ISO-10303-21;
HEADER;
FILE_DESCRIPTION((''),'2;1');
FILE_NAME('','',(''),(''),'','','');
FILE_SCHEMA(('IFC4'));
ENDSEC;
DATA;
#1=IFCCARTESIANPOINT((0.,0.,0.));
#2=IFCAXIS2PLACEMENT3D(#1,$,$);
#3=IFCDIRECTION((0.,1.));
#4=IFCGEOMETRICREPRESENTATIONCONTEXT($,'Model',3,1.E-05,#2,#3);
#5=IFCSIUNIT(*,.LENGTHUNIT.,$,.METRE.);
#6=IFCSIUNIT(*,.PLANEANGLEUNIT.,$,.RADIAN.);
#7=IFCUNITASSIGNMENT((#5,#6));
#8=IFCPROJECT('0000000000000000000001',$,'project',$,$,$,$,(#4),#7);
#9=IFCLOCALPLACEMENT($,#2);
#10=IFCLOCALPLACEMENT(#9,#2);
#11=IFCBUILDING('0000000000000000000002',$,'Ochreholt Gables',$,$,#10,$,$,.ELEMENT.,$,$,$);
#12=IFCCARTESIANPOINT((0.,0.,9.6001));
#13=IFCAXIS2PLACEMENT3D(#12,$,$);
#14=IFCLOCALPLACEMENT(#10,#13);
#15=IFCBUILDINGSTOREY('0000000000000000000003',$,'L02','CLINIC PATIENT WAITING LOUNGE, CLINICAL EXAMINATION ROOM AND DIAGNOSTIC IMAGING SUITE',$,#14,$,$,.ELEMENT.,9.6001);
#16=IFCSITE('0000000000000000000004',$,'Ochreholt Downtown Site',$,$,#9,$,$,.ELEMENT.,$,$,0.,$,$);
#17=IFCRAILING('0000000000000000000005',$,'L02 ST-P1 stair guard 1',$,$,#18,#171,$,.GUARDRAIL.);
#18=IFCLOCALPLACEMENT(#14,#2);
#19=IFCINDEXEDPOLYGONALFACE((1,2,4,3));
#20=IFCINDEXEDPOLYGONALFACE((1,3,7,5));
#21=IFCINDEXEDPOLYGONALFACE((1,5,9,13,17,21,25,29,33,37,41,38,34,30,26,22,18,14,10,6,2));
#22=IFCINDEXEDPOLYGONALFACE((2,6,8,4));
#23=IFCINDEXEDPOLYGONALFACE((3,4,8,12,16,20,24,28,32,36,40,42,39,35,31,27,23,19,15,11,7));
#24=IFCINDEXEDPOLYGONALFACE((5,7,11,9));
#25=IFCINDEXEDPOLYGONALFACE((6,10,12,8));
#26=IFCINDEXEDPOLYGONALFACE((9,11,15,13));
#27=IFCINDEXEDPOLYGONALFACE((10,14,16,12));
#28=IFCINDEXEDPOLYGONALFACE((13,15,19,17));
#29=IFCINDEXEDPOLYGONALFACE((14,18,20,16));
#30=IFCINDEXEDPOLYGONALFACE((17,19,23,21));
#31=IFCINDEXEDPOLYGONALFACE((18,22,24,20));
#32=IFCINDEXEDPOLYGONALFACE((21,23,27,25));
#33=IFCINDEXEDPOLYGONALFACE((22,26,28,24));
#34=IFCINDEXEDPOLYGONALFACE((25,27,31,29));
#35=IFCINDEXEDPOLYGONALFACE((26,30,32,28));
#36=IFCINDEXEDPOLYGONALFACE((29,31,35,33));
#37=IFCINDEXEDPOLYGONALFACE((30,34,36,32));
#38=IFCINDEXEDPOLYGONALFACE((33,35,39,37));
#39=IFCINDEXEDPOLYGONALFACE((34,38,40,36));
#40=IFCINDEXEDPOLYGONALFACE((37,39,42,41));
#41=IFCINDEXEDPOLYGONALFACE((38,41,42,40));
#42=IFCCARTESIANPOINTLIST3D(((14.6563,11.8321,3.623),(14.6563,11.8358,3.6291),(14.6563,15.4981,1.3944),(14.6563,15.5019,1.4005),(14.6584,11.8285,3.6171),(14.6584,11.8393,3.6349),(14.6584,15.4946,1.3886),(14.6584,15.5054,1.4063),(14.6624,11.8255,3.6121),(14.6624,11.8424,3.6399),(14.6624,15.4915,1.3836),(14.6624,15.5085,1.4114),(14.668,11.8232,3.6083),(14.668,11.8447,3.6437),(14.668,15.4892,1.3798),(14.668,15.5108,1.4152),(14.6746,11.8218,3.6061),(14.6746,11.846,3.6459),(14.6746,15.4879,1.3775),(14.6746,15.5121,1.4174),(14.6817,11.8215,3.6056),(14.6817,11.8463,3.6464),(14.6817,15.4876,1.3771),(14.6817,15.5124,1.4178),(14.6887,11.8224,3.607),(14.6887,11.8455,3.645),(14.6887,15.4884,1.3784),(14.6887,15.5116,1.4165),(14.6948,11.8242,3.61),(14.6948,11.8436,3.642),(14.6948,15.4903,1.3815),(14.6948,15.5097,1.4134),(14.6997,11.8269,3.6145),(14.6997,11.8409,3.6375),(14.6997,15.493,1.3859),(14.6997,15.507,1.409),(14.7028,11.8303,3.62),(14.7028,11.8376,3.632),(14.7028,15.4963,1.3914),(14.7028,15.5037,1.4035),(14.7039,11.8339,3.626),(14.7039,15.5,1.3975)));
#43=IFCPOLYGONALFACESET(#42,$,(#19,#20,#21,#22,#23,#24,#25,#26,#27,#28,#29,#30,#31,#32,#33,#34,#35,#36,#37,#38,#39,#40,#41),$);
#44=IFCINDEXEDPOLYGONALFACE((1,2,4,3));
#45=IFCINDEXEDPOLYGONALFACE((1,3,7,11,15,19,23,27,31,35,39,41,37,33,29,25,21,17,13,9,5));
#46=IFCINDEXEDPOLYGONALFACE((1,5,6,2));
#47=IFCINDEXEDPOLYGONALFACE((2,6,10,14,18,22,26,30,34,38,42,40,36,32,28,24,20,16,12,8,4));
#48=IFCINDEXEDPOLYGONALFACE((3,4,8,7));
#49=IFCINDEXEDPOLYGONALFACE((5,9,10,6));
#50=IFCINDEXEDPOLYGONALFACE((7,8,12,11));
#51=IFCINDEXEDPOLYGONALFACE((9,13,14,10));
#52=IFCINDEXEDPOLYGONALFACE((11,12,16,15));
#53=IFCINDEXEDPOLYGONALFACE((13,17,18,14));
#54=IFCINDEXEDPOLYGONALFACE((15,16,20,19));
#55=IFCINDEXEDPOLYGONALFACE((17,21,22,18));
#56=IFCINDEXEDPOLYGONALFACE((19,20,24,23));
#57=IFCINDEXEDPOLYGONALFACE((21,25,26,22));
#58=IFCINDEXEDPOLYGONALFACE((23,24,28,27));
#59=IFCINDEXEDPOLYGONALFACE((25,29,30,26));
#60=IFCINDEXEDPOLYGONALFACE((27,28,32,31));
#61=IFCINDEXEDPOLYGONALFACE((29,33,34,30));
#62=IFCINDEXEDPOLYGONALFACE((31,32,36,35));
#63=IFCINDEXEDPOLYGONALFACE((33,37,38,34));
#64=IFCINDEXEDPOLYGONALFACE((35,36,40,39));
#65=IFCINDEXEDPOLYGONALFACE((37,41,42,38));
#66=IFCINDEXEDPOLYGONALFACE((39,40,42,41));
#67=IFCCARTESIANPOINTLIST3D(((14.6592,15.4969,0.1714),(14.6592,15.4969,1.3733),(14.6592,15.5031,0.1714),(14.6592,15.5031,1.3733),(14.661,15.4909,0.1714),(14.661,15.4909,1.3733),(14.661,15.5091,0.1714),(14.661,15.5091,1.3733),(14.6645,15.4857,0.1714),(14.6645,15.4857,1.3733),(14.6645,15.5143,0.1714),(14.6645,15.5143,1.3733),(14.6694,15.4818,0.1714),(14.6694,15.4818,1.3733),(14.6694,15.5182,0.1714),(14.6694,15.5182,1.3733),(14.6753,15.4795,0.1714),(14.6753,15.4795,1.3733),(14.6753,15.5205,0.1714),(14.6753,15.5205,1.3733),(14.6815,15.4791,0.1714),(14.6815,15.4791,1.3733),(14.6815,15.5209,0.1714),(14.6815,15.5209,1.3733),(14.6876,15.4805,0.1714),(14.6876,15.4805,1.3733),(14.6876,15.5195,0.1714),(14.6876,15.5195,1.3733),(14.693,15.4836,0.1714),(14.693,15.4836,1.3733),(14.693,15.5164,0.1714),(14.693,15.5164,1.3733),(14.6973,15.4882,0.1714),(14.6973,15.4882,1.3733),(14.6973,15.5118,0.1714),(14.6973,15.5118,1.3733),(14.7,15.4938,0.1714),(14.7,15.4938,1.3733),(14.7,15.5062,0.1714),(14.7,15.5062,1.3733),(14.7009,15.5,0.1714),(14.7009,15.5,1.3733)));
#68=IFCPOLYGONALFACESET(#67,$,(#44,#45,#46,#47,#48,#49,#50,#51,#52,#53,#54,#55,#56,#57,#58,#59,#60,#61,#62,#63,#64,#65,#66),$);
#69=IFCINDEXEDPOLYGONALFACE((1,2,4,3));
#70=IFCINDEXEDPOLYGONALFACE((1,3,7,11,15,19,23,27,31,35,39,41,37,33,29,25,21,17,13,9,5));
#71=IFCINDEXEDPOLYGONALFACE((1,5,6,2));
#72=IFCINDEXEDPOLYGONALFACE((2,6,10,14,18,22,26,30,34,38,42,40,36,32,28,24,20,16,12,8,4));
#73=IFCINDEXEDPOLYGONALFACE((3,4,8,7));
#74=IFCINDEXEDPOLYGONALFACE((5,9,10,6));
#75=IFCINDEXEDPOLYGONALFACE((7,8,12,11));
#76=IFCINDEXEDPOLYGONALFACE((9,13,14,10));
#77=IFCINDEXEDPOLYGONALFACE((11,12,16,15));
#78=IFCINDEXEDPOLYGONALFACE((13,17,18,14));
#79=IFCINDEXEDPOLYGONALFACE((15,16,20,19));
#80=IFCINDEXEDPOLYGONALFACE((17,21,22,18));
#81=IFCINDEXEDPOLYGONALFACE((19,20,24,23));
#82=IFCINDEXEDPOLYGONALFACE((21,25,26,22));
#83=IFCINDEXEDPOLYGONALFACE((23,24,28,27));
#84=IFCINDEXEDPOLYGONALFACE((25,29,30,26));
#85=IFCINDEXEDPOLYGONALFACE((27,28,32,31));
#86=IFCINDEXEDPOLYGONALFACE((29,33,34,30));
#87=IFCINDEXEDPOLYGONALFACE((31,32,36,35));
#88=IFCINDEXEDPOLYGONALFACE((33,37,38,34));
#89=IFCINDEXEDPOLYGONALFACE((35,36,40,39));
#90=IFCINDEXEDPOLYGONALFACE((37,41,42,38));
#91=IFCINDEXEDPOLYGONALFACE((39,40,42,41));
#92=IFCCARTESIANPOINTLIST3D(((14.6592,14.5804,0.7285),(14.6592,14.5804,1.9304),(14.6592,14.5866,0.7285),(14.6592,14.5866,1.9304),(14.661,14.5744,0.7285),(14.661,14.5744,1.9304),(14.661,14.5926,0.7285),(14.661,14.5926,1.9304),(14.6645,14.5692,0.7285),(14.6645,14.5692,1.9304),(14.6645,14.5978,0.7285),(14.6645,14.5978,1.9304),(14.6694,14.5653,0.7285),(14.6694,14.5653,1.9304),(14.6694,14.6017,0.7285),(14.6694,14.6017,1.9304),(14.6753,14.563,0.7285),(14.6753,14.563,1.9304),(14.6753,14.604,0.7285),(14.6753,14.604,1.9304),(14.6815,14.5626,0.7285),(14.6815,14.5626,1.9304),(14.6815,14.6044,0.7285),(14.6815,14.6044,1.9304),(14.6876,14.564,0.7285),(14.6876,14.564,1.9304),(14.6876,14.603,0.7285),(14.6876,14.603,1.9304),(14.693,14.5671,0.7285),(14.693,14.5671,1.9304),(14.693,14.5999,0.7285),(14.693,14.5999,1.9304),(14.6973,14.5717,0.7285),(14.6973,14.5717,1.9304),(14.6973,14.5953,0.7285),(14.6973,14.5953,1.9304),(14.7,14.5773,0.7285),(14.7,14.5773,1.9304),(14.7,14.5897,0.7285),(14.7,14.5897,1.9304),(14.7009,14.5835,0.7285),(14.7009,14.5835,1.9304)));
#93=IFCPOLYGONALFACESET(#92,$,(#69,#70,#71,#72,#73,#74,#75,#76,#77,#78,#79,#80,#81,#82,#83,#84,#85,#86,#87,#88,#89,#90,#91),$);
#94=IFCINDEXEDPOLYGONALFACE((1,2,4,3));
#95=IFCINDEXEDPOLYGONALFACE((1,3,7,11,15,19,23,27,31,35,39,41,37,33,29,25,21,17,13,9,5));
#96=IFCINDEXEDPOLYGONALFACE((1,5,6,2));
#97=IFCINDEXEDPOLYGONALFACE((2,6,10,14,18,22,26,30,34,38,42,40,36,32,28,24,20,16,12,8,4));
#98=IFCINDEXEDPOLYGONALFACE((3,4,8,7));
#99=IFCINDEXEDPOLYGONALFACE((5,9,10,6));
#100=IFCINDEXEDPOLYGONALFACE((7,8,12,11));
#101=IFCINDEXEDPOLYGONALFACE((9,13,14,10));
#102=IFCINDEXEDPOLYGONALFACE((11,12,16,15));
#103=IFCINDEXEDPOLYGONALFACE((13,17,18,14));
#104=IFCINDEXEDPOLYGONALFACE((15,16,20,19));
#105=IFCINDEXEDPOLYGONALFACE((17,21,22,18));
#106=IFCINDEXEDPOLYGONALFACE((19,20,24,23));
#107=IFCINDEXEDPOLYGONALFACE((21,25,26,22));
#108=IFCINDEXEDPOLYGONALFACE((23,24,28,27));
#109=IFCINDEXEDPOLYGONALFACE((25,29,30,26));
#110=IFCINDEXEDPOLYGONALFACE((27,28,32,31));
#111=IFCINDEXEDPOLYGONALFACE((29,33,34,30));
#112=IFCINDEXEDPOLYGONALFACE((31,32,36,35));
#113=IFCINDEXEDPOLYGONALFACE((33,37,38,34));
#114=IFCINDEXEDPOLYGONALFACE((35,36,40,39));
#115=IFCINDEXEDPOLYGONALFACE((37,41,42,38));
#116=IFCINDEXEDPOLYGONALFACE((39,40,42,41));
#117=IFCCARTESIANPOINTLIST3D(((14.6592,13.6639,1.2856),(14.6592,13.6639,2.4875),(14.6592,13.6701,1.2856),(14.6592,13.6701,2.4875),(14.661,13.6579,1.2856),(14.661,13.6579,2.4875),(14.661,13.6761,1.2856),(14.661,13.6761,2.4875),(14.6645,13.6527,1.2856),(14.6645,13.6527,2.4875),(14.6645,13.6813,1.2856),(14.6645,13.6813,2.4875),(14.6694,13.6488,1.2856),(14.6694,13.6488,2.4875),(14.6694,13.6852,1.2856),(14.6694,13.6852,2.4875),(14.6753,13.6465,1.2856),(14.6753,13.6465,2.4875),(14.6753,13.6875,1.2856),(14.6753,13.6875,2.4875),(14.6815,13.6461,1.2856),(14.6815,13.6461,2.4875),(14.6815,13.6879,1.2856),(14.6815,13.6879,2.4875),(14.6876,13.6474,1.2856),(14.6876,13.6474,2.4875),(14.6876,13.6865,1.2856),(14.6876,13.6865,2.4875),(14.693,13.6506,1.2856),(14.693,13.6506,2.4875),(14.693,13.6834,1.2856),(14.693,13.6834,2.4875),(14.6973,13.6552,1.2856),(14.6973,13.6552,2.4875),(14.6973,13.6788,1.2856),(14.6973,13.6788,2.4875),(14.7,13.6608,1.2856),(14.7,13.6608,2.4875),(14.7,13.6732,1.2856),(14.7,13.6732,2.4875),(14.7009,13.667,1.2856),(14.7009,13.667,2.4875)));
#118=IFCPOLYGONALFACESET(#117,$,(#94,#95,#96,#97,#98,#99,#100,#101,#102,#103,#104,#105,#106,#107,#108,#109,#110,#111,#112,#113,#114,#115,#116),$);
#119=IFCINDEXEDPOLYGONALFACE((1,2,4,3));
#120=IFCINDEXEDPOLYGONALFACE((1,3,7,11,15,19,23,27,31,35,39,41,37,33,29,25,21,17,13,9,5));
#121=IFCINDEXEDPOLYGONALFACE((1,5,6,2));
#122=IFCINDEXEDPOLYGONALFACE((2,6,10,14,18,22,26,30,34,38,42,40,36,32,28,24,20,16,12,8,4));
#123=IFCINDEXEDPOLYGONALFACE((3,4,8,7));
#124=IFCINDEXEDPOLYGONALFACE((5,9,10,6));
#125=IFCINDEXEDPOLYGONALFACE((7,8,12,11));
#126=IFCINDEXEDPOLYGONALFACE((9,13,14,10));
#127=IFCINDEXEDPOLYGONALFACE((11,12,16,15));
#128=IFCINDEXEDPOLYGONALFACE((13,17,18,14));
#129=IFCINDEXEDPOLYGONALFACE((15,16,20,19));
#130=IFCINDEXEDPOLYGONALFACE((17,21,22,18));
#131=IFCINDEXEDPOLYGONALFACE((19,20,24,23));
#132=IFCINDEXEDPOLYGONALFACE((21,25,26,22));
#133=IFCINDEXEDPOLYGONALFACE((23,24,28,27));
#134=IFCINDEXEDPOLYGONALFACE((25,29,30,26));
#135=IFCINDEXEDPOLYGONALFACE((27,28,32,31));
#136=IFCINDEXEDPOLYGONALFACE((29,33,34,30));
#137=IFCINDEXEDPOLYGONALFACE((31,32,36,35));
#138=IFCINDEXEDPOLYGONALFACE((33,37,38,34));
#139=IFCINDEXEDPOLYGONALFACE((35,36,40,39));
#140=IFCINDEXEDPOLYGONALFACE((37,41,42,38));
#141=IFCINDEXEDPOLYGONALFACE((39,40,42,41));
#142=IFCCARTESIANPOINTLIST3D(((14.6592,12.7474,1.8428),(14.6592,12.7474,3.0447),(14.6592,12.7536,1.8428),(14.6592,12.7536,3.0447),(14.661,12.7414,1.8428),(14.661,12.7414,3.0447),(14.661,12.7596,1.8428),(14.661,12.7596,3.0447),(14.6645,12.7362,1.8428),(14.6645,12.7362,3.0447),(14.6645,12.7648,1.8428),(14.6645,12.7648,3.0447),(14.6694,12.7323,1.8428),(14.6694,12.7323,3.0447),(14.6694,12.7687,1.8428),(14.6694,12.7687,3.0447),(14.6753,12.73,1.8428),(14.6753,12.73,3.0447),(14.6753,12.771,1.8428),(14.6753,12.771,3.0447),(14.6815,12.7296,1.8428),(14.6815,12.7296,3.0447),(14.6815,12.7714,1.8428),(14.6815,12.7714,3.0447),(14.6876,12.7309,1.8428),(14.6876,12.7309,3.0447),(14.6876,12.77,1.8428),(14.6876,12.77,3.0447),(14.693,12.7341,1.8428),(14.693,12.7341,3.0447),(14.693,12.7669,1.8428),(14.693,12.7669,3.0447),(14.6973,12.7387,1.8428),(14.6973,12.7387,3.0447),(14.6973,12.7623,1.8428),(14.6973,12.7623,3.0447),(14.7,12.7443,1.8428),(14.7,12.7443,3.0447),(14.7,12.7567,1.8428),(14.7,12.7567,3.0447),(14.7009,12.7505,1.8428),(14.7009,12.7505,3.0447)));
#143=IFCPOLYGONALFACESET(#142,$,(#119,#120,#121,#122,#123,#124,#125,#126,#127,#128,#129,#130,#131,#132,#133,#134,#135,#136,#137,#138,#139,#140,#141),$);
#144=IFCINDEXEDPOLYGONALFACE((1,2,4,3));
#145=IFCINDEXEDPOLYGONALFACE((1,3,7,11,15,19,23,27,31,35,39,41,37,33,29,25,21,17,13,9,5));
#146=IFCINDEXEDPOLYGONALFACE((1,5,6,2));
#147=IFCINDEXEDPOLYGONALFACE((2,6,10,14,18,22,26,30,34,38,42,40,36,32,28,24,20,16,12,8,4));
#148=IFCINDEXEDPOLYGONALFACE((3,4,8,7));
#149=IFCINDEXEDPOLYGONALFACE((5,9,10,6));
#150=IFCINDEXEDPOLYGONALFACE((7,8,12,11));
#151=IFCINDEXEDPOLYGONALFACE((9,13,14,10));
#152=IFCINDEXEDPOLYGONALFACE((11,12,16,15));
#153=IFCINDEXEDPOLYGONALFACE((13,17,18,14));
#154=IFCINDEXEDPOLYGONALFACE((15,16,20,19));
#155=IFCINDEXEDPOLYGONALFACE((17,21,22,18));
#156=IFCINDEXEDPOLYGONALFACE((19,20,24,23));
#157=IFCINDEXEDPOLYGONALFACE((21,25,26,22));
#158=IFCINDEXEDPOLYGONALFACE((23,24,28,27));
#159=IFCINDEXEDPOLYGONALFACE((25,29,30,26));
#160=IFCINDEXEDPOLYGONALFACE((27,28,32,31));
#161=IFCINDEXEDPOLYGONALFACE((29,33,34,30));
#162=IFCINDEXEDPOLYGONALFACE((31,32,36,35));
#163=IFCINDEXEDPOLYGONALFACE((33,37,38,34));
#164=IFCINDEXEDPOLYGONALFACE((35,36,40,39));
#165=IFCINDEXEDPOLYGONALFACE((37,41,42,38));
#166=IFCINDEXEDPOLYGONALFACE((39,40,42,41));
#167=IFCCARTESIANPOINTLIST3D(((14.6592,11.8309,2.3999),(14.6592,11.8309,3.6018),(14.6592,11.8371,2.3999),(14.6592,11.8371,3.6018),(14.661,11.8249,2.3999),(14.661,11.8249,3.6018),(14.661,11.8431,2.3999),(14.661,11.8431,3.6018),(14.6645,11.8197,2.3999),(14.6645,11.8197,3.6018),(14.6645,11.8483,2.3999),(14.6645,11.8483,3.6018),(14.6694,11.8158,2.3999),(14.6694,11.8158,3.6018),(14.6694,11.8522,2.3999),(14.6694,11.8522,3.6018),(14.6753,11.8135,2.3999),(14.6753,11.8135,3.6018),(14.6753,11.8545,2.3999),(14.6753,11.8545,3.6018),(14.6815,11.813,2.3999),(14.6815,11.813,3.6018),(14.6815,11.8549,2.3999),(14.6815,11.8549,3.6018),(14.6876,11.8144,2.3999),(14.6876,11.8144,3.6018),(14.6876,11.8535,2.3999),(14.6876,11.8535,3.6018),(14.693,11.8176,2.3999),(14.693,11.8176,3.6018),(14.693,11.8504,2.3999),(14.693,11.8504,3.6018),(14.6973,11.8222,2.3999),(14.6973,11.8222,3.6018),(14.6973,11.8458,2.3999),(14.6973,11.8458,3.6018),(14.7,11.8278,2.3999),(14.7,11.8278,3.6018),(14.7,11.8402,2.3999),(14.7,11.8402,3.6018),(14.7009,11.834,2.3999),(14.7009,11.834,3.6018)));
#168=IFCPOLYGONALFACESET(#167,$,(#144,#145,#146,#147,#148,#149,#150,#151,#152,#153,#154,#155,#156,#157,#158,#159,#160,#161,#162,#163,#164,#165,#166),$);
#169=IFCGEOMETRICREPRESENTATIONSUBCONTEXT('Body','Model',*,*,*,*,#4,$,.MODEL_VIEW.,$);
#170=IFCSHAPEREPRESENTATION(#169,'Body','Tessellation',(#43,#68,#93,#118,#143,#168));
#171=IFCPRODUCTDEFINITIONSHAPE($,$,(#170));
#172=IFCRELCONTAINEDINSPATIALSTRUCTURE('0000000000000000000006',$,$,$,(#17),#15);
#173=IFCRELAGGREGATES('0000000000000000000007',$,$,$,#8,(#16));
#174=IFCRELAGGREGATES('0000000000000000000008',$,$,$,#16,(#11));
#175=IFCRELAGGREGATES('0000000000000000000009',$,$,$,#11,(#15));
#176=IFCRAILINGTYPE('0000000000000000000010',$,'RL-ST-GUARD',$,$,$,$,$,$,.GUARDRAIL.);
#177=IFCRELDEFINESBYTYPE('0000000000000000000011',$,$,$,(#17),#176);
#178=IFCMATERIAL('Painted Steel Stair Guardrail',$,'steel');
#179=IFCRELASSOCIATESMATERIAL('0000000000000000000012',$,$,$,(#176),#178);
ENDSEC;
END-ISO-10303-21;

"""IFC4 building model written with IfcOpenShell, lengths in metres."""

from ifc_helpers import new_model, si_unit, direction, frame, origin, origin_2d, place, context, subcontext, project, spatial, circle, extrude, material, type_object, element, save


model = new_model("IFC4")

# Units and contexts
model_context = context("Model", 3, precision=1e-05, world=origin(), true_north=direction((0.0, 1.0)))
body_context = subcontext(model_context, "Body", "Model", "MODEL_VIEW")
ifc_project = project(units=[si_unit("LENGTHUNIT", "METRE"), si_unit("PLANEANGLEUNIT", "RADIAN")], contexts=[model_context])

# Site, building, storey
site_placement = place(None, origin())
site = spatial("IfcSite", under=ifc_project, at=site_placement, Name="Ochreholt Downtown Site", CompositionType="ELEMENT", RefElevation=0.0)
building_placement = place(site_placement, origin())
building = spatial("IfcBuilding", under=site, at=building_placement, Name="Ochreholt Gables", CompositionType="ELEMENT")
storey_placement = place(building_placement, frame((0.0, 0.0, 9.6001)))
storey = spatial("IfcBuildingStorey", under=building, at=storey_placement, Name="L02", Description="CLINIC PATIENT WAITING LOUNGE, CLINICAL EXAMINATION ROOM AND DIAGNOSTIC IMAGING SUITE", CompositionType="ELEMENT", Elevation=9.6001)

# Railing
ifc_material_1 = material(Name="Painted Steel Stair Guardrail", Category="steel")
railing_type_1 = type_object("IfcRailingType", Name="RL-ST-GUARD", PredefinedType="GUARDRAIL", material=ifc_material_1)
railing_1_placement = place(storey_placement, frame((14.6799, 15.5, 0.1714)))
element("IfcRailing", 1, at=railing_1_placement, inside=storey, type_object=railing_type_1, Name="L02 ST-P1 stair guard 1", PredefinedType="GUARDRAIL", context=body_context, shape_type="SweptSolid", body=[
    extrude(circle(Radius=0.0239, at=origin_2d()), frame((0.0, 0.0, 1.2261), z_axis=(0.0, -0.854506, 0.519441), x_axis=(1.0, 0.0, 0.0)), (0.0, 0.0, 1.0), 4.2903),
    extrude(circle(Radius=0.021, at=origin_2d()), origin(), (0.0, 0.0, 1.0), 1.2019),
    extrude(circle(Radius=0.021, at=origin_2d()), frame((0.0, -0.9165, 0.5571)), (0.0, 0.0, 1.0), 1.2019),
    extrude(circle(Radius=0.021, at=origin_2d()), frame((0.0, -1.833, 1.1143)), (0.0, 0.0, 1.0), 1.2019),
    extrude(circle(Radius=0.021, at=origin_2d()), frame((0.0, -2.7495, 1.6714)), (0.0, 0.0, 1.0), 1.2019),
    extrude(circle(Radius=0.021, at=origin_2d()), frame((0.0, -3.666, 2.2285)), (0.0, 0.0, 1.0), 1.2019),
])

save(model, "model.ifc")
